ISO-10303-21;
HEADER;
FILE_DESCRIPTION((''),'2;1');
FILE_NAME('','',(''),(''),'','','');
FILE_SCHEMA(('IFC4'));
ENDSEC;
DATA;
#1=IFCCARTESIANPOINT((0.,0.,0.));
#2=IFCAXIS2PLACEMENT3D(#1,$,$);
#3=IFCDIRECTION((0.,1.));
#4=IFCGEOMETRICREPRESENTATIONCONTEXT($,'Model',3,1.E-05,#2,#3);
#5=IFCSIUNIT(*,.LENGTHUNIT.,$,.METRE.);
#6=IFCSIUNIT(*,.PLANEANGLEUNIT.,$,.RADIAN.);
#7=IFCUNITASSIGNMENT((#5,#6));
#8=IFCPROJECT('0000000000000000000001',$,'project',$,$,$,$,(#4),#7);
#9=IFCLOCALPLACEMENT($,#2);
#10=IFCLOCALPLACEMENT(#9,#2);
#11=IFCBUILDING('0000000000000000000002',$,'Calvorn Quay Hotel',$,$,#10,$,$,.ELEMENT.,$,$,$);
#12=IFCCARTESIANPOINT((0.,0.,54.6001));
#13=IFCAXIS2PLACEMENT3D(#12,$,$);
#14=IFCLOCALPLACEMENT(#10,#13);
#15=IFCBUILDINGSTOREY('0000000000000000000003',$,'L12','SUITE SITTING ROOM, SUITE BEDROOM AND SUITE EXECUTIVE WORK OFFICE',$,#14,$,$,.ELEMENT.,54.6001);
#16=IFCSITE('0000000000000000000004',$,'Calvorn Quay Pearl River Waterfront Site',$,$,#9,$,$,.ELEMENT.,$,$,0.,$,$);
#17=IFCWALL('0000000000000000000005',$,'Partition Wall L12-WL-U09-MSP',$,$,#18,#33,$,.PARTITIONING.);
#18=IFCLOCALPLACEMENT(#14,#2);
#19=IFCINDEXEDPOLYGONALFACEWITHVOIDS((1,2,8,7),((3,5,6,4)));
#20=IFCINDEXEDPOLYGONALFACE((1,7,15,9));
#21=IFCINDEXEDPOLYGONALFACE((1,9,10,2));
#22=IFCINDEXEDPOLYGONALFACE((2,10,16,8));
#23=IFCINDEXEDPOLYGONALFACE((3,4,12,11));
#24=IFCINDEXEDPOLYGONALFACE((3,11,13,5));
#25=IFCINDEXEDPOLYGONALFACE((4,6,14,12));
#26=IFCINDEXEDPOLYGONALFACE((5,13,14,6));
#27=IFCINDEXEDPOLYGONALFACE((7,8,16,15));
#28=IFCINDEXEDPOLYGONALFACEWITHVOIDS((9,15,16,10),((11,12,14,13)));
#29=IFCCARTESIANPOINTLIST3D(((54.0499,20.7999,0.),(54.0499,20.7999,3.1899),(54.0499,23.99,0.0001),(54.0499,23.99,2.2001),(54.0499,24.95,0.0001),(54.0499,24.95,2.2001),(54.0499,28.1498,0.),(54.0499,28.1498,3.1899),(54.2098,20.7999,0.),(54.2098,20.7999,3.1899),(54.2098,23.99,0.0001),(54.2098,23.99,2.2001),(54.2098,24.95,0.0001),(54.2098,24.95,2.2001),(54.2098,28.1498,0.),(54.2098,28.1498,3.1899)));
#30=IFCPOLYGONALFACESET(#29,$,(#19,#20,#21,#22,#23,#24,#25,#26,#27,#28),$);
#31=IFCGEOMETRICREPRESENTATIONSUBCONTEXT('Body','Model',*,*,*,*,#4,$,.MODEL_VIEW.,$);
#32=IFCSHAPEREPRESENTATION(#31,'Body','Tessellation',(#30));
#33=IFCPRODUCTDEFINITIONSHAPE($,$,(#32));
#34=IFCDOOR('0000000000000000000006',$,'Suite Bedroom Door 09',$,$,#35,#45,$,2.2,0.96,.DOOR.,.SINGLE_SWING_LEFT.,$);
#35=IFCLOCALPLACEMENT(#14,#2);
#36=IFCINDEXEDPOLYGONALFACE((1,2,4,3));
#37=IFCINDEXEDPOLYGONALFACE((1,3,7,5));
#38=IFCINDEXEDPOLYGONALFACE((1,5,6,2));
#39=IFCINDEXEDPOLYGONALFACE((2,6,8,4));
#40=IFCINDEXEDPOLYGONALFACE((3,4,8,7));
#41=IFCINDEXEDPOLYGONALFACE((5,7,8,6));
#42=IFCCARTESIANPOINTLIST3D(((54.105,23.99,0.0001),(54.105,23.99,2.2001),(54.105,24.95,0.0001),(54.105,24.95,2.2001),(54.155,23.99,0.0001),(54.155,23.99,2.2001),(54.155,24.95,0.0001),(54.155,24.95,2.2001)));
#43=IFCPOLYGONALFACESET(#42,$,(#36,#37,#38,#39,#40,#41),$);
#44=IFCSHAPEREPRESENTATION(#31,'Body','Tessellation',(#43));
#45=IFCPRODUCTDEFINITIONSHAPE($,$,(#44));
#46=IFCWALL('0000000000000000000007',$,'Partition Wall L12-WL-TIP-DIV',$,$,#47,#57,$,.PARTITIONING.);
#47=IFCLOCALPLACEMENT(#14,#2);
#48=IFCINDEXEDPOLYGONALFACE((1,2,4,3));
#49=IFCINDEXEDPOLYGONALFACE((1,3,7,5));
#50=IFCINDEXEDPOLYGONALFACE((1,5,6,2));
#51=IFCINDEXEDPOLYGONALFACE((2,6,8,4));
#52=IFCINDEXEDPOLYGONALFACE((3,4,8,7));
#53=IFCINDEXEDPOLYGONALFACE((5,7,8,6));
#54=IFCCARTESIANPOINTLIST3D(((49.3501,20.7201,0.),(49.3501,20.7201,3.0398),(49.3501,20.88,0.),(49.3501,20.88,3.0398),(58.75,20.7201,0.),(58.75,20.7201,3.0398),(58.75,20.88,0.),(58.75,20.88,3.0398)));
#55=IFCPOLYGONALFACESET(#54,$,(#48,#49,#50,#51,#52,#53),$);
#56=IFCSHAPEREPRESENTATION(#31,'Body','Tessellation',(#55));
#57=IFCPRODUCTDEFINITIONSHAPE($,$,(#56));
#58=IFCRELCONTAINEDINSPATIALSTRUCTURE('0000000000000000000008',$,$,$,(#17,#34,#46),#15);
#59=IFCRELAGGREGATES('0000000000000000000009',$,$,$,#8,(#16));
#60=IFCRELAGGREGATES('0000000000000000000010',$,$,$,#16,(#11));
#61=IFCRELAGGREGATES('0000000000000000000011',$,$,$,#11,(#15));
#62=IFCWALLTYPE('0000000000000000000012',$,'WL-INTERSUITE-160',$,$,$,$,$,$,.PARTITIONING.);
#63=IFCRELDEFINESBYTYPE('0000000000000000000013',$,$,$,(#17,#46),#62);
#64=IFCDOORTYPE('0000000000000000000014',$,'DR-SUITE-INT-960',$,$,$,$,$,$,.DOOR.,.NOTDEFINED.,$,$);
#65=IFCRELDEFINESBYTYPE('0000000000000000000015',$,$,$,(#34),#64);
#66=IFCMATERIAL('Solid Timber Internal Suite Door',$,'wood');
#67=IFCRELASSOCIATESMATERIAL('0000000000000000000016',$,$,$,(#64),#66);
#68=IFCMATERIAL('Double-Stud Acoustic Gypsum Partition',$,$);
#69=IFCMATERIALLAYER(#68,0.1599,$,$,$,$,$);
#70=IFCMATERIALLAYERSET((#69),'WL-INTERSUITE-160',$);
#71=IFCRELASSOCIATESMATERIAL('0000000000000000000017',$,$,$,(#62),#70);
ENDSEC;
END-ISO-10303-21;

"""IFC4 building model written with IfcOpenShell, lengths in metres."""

from ifc_helpers import new_model, si_unit, direction, frame, frame_2d, origin, place, context, subcontext, project, spatial, rectangle, extrude, material, layer, layer_set, type_object, element, fill, save


model = new_model("IFC4")

# Units and contexts
model_context = context("Model", 3, precision=1e-05, world=origin(), true_north=direction((0.0, 1.0)))
body_context = subcontext(model_context, "Body", "Model", "MODEL_VIEW")
ifc_project = project(units=[si_unit("LENGTHUNIT", "METRE"), si_unit("PLANEANGLEUNIT", "RADIAN")], contexts=[model_context])

# Site, building, storey
site_placement = place(None, origin())
site = spatial("IfcSite", under=ifc_project, at=site_placement, Name="Calvorn Quay Pearl River Waterfront Site", CompositionType="ELEMENT", RefElevation=0.0)
building_placement = place(site_placement, origin())
building = spatial("IfcBuilding", under=site, at=building_placement, Name="Calvorn Quay Hotel", CompositionType="ELEMENT")
storey_placement = place(building_placement, frame((0.0, 0.0, 54.6001)))
storey = spatial("IfcBuildingStorey", under=building, at=storey_placement, Name="L12", Description="SUITE SITTING ROOM, SUITE BEDROOM AND SUITE EXECUTIVE WORK OFFICE", CompositionType="ELEMENT", Elevation=54.6001)

# Shared definitions
ifc_material_1 = material(Name="Solid Timber Internal Suite Door", Category="wood")
door_type_1 = type_object("IfcDoorType", Name="DR-SUITE-INT-960", OperationType="NOTDEFINED", PredefinedType="DOOR", material=ifc_material_1)

# Shared definitions
ifc_material_2 = material(Name="Double-Stud Acoustic Gypsum Partition")
ifc_layer_1 = layer(ifc_material_2, 0.1599)
ifc_layer_set_1 = layer_set([ifc_layer_1], Name="WL-INTERSUITE-160")
wall_type_1 = type_object("IfcWallType", Name="WL-INTERSUITE-160", PredefinedType="PARTITIONING", material=ifc_layer_set_1)

# Wall, opening, door
wall_1_placement = place(storey_placement, frame((54.1299, 20.8, 0.0), z_axis=(0.0, 0.0, 1.0), x_axis=(0.0, 1.0, 0.0)))
wall_1 = element("IfcWall", 1, at=wall_1_placement, inside=storey, type_object=wall_type_1, Name="Partition Wall L12-WL-U09-MSP", PredefinedType="PARTITIONING", context=body_context, shape_type="SweptSolid", body=[
    extrude(rectangle(XDim=7.3499, YDim=0.1599, at=frame_2d((3.6748, 0.0))), origin(), (0.0, 0.0, 1.0), 3.1899),
])
opening_1_placement = place(wall_1_placement, frame((3.1899, 0.0, 0.0)))
opening_1 = element("IfcOpeningElement", 2, at=opening_1_placement, cuts=wall_1, PredefinedType="OPENING", context=body_context, shape_type="SweptSolid", body=[
    extrude(rectangle(XDim=0.96, YDim=2.2, at=frame_2d((0.48, 1.1001))), frame((0.0, 0.0898, 0.0), z_axis=(0.0, -1.0, 0.0), x_axis=(1.0, 0.0, 0.0)), (0.0, 0.0, 1.0), 0.1799),
])
door_1_placement = place(opening_1_placement, origin())
door_1 = element("IfcDoor", 3, at=door_1_placement, inside=storey, type_object=door_type_1, Name="Suite Bedroom Door 09", OperationType="SINGLE_SWING_LEFT", OverallHeight=2.2, OverallWidth=0.96, PredefinedType="DOOR", context=body_context, shape_type="SweptSolid", body=[
    extrude(rectangle(XDim=0.96, YDim=2.2, at=frame_2d((0.48, 1.1001))), frame((0.0, 0.0249, 0.0), z_axis=(0.0, -1.0, 0.0), x_axis=(1.0, 0.0, 0.0)), (0.0, 0.0, 1.0), 0.05),
])
fill(opening_1, door_1)

# Wall
wall_2_placement = place(storey_placement, frame((49.3501, 20.8, 0.0), z_axis=(0.0, 0.0, 1.0), x_axis=(1.0, 0.0, 0.0)))
element("IfcWall", 4, at=wall_2_placement, inside=storey, type_object=wall_type_1, Name="Partition Wall L12-WL-TIP-DIV", PredefinedType="PARTITIONING", context=body_context, shape_type="SweptSolid", body=[
    extrude(rectangle(XDim=9.3999, YDim=0.1599, at=frame_2d((4.7, 0.0))), origin(), (0.0, 0.0, 1.0), 3.0398),
])

save(model, "model.ifc")
